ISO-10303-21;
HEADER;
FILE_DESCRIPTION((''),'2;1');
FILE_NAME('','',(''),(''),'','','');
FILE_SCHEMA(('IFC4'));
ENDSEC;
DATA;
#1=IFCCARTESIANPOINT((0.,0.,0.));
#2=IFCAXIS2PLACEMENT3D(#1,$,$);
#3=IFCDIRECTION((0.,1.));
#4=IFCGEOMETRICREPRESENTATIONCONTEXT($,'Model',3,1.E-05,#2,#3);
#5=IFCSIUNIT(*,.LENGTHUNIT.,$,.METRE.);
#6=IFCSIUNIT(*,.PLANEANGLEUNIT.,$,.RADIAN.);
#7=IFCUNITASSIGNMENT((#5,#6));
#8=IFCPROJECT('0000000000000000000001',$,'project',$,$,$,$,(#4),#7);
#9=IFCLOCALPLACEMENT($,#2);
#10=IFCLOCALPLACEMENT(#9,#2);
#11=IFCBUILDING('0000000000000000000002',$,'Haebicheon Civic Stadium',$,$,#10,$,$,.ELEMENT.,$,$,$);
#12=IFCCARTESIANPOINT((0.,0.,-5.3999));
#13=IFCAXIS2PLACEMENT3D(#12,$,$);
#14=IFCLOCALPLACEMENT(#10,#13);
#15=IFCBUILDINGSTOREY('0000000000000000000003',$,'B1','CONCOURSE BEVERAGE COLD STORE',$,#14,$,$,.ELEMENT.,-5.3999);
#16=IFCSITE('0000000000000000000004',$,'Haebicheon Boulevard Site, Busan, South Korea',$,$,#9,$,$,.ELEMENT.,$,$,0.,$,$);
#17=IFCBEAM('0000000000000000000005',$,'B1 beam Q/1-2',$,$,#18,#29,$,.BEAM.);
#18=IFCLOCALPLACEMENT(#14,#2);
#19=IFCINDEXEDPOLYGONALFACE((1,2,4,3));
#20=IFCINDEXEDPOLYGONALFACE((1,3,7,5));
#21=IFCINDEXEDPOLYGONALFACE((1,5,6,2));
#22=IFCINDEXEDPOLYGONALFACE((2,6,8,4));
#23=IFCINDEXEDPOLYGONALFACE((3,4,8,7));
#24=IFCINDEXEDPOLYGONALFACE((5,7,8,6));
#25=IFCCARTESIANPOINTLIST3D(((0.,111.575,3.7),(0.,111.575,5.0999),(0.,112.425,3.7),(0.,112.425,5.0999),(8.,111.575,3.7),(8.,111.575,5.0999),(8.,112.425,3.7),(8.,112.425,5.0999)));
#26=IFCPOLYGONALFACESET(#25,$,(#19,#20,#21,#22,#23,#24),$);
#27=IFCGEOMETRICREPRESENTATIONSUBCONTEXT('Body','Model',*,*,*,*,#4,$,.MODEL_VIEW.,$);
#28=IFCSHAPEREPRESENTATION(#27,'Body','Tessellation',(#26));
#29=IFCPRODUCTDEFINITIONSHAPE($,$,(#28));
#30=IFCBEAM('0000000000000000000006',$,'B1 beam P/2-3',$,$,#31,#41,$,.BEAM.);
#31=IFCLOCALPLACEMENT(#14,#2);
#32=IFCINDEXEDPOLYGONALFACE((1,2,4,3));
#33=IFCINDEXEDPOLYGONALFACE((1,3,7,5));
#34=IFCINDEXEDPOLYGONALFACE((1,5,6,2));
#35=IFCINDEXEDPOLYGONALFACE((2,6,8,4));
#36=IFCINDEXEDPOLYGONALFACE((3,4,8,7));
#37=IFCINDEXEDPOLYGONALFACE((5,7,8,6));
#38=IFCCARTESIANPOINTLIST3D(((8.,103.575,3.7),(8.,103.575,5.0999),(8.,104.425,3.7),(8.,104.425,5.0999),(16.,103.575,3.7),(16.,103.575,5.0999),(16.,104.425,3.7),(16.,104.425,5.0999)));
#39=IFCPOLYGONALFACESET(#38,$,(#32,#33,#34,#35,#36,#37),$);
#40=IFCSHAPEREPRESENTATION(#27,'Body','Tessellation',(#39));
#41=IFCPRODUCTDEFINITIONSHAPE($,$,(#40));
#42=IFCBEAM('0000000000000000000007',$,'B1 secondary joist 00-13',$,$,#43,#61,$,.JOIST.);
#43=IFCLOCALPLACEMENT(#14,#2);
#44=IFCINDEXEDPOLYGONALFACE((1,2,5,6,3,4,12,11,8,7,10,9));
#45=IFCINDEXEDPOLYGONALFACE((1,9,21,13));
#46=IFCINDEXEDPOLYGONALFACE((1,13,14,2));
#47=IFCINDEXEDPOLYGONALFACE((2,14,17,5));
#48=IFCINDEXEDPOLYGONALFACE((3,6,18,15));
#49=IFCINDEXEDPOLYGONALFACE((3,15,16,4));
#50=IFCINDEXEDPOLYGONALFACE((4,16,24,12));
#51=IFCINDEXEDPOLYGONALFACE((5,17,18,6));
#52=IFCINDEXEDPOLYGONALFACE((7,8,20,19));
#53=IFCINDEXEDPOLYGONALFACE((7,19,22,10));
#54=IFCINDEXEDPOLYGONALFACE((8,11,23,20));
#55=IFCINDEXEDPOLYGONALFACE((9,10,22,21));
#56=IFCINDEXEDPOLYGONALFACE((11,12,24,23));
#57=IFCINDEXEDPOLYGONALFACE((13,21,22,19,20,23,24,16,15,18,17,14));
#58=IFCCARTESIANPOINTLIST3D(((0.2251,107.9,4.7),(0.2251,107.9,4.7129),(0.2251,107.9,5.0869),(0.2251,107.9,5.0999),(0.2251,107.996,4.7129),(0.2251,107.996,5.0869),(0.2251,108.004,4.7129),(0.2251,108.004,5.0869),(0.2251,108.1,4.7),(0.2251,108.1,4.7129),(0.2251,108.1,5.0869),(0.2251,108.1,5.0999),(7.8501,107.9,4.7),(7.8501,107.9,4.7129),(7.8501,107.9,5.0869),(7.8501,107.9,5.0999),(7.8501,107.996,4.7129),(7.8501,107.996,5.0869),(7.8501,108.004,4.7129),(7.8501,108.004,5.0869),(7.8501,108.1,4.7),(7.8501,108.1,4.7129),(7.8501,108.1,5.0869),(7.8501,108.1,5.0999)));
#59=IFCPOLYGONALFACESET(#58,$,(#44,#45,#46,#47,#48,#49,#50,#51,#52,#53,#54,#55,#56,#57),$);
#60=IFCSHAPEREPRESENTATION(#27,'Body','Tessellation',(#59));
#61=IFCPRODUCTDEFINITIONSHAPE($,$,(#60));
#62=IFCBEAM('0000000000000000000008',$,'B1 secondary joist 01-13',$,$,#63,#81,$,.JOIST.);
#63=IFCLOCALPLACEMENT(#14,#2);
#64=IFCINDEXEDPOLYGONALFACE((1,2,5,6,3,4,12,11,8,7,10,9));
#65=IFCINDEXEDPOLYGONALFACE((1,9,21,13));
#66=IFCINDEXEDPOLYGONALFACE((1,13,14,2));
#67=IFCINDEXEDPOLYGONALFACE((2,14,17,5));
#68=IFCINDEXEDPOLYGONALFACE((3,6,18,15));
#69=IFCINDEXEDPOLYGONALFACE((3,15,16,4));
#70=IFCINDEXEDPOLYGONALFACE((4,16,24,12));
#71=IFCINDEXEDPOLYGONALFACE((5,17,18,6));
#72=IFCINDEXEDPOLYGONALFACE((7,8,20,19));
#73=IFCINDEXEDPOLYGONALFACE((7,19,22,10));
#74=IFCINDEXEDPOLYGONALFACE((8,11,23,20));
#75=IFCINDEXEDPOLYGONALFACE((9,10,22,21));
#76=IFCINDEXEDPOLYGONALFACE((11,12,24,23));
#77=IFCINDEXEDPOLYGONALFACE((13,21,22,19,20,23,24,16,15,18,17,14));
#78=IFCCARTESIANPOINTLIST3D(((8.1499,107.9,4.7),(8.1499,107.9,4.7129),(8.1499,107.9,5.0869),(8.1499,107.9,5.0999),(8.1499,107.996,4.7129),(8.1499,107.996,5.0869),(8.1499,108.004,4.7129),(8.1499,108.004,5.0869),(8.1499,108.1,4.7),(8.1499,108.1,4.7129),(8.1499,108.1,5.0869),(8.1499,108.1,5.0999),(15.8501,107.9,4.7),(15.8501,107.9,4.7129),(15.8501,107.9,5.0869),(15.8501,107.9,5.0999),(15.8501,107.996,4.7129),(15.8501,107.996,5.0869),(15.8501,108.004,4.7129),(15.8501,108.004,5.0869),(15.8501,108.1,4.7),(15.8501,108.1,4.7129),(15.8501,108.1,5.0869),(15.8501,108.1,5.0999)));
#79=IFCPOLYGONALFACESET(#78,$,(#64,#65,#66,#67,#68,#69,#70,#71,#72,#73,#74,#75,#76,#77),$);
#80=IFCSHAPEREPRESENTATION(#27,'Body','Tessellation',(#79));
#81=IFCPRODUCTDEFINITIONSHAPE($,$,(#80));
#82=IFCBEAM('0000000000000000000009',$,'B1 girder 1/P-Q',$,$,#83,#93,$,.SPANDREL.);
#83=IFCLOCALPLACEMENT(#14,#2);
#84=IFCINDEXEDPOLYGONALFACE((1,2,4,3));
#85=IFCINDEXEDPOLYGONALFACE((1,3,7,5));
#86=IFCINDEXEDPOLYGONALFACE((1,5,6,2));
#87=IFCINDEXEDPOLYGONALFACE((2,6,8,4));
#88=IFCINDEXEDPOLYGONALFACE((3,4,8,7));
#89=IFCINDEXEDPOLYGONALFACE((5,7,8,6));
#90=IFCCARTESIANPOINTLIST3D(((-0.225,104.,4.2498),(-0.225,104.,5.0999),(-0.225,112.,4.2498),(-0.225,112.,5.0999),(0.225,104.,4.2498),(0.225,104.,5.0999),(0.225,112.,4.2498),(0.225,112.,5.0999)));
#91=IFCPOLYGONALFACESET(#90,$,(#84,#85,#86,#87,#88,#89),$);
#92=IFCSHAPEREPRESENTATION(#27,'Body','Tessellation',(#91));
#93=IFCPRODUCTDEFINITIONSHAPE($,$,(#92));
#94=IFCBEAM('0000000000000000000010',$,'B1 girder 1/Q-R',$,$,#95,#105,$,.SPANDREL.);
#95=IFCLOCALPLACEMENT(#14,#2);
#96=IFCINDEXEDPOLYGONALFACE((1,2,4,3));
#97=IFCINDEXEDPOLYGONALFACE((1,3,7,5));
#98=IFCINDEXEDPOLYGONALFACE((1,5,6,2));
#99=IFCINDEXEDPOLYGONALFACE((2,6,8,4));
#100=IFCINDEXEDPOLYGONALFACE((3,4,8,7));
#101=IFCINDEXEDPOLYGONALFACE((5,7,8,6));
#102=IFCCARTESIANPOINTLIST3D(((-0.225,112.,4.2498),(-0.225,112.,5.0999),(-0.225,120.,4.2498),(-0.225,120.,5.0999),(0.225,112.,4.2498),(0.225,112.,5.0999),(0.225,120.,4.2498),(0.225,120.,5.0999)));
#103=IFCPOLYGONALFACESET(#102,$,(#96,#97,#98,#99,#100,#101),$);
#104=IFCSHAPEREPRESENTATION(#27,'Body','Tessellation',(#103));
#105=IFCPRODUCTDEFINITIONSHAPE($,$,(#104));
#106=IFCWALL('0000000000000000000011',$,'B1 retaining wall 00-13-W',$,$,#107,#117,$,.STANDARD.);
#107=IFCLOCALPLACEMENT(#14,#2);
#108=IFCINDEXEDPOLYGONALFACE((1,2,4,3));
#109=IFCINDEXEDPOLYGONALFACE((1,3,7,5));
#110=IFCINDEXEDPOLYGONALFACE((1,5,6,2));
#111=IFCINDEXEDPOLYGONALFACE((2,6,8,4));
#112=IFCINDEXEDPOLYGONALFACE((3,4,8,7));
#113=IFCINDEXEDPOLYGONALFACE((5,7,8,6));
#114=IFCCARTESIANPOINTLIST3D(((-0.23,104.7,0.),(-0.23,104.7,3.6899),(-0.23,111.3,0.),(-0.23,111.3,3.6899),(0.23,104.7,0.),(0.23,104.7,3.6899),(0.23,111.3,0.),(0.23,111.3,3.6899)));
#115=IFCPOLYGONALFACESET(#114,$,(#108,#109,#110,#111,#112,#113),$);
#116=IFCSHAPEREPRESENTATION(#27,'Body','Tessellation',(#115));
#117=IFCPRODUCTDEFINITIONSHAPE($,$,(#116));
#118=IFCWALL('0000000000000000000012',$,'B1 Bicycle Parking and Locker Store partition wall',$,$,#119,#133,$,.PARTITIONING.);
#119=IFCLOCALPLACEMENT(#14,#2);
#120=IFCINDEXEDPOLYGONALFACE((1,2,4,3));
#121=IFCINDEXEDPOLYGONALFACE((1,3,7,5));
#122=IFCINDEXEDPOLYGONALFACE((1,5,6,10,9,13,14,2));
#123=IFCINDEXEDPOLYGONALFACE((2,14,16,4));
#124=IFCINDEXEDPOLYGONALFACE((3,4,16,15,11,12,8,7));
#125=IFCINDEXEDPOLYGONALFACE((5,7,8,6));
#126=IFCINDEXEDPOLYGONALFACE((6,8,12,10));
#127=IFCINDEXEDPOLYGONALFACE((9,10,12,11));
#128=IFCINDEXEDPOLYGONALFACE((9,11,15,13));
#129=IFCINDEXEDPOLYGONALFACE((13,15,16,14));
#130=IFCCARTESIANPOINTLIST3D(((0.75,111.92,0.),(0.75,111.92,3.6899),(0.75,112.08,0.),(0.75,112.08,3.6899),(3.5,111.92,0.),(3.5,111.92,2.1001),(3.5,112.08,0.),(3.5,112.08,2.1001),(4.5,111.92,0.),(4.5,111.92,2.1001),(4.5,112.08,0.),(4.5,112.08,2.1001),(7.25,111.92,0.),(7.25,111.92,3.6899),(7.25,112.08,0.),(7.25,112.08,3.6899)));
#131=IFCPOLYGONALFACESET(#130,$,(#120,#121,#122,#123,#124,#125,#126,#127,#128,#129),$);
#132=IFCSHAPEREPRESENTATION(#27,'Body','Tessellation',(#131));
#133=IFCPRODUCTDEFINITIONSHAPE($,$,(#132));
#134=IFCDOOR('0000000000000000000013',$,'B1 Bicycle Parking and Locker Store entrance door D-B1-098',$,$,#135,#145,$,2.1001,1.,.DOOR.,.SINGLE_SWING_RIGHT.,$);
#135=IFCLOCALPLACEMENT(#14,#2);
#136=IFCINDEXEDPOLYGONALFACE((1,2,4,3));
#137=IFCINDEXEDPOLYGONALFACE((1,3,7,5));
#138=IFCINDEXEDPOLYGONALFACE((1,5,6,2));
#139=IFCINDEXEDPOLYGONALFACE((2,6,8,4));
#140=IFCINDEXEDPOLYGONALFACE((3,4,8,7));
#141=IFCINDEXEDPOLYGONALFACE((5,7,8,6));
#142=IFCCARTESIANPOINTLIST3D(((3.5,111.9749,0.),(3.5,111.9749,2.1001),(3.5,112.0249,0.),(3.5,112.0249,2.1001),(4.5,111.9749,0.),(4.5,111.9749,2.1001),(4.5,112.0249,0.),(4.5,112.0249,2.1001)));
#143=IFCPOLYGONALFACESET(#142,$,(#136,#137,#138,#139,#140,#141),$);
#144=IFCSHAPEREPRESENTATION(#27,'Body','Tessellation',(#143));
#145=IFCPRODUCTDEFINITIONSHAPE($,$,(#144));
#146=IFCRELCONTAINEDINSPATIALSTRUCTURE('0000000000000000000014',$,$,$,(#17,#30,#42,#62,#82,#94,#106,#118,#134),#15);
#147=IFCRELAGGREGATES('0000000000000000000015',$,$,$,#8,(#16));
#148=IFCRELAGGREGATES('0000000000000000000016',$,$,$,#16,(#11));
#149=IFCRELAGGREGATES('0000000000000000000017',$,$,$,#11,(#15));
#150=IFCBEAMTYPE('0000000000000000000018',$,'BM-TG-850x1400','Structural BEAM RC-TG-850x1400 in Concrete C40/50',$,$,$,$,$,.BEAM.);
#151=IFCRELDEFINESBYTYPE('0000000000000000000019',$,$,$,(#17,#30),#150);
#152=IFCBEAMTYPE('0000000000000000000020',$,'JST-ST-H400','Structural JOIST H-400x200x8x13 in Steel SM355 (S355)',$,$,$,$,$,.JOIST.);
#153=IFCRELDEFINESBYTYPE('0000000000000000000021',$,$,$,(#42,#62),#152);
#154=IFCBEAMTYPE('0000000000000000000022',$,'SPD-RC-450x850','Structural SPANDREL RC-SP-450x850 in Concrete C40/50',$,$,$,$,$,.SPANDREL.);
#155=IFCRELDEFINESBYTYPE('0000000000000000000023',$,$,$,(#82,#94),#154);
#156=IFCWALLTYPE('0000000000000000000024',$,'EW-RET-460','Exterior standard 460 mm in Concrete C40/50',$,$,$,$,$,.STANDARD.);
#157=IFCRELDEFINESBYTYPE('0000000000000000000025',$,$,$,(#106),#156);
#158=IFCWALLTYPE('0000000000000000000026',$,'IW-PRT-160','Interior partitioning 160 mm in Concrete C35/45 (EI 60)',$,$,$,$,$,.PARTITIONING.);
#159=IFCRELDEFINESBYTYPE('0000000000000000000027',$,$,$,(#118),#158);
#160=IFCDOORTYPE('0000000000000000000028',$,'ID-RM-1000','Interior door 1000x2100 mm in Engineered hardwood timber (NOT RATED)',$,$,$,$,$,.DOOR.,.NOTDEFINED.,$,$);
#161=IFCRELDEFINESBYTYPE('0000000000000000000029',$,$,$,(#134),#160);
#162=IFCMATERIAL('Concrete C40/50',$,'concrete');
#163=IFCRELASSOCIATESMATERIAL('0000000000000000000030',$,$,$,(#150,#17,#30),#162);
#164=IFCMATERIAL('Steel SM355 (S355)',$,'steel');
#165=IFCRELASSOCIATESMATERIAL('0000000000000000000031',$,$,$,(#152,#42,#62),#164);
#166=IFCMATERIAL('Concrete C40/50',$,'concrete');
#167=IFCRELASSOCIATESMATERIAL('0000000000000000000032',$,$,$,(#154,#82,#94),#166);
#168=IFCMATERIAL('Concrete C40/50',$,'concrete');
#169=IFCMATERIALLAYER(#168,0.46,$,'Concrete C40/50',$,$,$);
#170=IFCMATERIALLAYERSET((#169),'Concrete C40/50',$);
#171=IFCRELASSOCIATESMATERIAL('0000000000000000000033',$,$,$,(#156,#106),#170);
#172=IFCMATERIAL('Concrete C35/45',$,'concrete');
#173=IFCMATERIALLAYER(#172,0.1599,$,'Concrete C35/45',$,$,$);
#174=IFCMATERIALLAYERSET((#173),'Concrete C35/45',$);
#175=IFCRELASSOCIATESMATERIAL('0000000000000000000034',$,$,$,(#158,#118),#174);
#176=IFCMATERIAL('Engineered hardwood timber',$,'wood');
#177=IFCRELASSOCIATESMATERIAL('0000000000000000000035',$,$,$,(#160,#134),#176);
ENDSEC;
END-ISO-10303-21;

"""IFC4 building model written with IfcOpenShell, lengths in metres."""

from ifc_helpers import new_model, si_unit, direction, frame, frame_2d, origin, origin_2d, place, context, subcontext, project, spatial, rectangle, i_section, extrude, material, layer, layer_set, material_profile, profile_set, type_object, element, fill, save


model = new_model("IFC4")

# Units and contexts
model_context = context("Model", 3, precision=1e-05, world=origin(), true_north=direction((0.0, 1.0)))
body_context = subcontext(model_context, "Body", "Model", "MODEL_VIEW")
ifc_project = project(units=[si_unit("LENGTHUNIT", "METRE"), si_unit("PLANEANGLEUNIT", "RADIAN")], contexts=[model_context])

# Site, building, storey
site_placement = place(None, origin())
site = spatial("IfcSite", under=ifc_project, at=site_placement, Name="Haebicheon Boulevard Site, Busan, South Korea", CompositionType="ELEMENT", RefElevation=0.0)
building_placement = place(site_placement, origin())
building = spatial("IfcBuilding", under=site, at=building_placement, Name="Haebicheon Civic Stadium", CompositionType="ELEMENT")
storey_placement = place(building_placement, frame((0.0, 0.0, -5.3999)))
storey = spatial("IfcBuildingStorey", under=building, at=storey_placement, Name="B1", Description="CONCOURSE BEVERAGE COLD STORE", CompositionType="ELEMENT", Elevation=-5.3999)

# Beams
ifc_material_1 = material(Name="Concrete C40/50", Category="concrete")
ifc_material_profile_1 = material_profile(ifc_material_1, rectangle(XDim=0.8501, YDim=1.3999, at=origin_2d()), Name="RC-TG-850x1400")
ifc_profile_set_1 = profile_set([ifc_material_profile_1], Name="Concrete C40/50")
beam_type_1 = type_object("IfcBeamType", Name="BM-TG-850x1400", Description="Structural BEAM RC-TG-850x1400 in Concrete C40/50", PredefinedType="BEAM", material=ifc_profile_set_1)
for number, where, z_axis, x_axis, name in (
    (1, (0.0, 112.0, 4.3999), (1.0, 0.0, 0.0), (0.0, 1.0, 0.0), "B1 beam Q/1-2"),
    (2, (8.0, 104.0, 4.3999), (1.0, 0.0, 0.0), (0.0, 1.0, 0.0), "B1 beam P/2-3"),
):
    element("IfcBeam", number, at=place(storey_placement, frame(where, z_axis=z_axis, x_axis=x_axis)), inside=storey, type_object=beam_type_1, material=ifc_profile_set_1, Name=name, PredefinedType="BEAM", context=body_context, shape_type="SweptSolid", body=[
        extrude(rectangle(XDim=0.8501, YDim=1.3999, at=origin_2d()), origin(), (0.0, 0.0, 1.0), 8.0),
    ])
ifc_material_2 = material(Name="Steel SM355 (S355)", Category="steel")
ifc_material_profile_2 = material_profile(ifc_material_2, i_section(OverallWidth=0.2, OverallDepth=0.3999, WebThickness=0.0081, FlangeThickness=0.0129, at=origin_2d()), Name="H-400x200x8x13")
ifc_profile_set_2 = profile_set([ifc_material_profile_2], Name="Steel SM355 (S355)")
beam_type_2 = type_object("IfcBeamType", Name="JST-ST-H400", Description="Structural JOIST H-400x200x8x13 in Steel SM355 (S355)", PredefinedType="JOIST", material=ifc_profile_set_2)
beam_1_placement = place(storey_placement, frame((0.2251, 108.0, 4.8999), z_axis=(1.0, 0.0, 0.0), x_axis=(0.0, 1.0, 0.0)))
element("IfcBeam", 3, at=beam_1_placement, inside=storey, type_object=beam_type_2, material=ifc_profile_set_2, Name="B1 secondary joist 00-13", PredefinedType="JOIST", context=body_context, shape_type="SweptSolid", body=[
    extrude(i_section(OverallWidth=0.2, OverallDepth=0.3999, WebThickness=0.0081, FlangeThickness=0.0129, at=origin_2d()), origin(), (0.0, 0.0, 1.0), 7.625),
])
beam_2_placement = place(storey_placement, frame((8.1499, 108.0, 4.8999), z_axis=(1.0, 0.0, 0.0), x_axis=(0.0, 1.0, 0.0)))
element("IfcBeam", 4, at=beam_2_placement, inside=storey, type_object=beam_type_2, material=ifc_profile_set_2, Name="B1 secondary joist 01-13", PredefinedType="JOIST", context=body_context, shape_type="SweptSolid", body=[
    extrude(i_section(OverallWidth=0.2, OverallDepth=0.3999, WebThickness=0.0081, FlangeThickness=0.0129, at=origin_2d()), origin(), (0.0, 0.0, 1.0), 7.7002),
])
ifc_material_3 = material(Name="Concrete C40/50", Category="concrete")
ifc_material_profile_3 = material_profile(ifc_material_3, rectangle(XDim=0.45, YDim=0.8501, at=origin_2d()), Name="RC-SP-450x850")
ifc_profile_set_3 = profile_set([ifc_material_profile_3], Name="Concrete C40/50")
beam_type_3 = type_object("IfcBeamType", Name="SPD-RC-450x850", Description="Structural SPANDREL RC-SP-450x850 in Concrete C40/50", PredefinedType="SPANDREL", material=ifc_profile_set_3)
for number, where, z_axis, x_axis, name in (
    (5, (0.0, 104.0, 4.6748), (0.0, 1.0, 0.0), (-1.0, 0.0, 0.0), "B1 girder 1/P-Q"),
    (6, (0.0, 112.0, 4.6748), (0.0, 1.0, 0.0), (-1.0, 0.0, 0.0), "B1 girder 1/Q-R"),
):
    element("IfcBeam", number, at=place(storey_placement, frame(where, z_axis=z_axis, x_axis=x_axis)), inside=storey, type_object=beam_type_3, material=ifc_profile_set_3, Name=name, PredefinedType="SPANDREL", context=body_context, shape_type="SweptSolid", body=[
        extrude(rectangle(XDim=0.45, YDim=0.8501, at=origin_2d()), origin(), (0.0, 0.0, 1.0), 8.0),
    ])

# Wall
ifc_material_4 = material(Name="Concrete C40/50", Category="concrete")
ifc_layer_1 = layer(ifc_material_4, 0.46, Name="Concrete C40/50")
ifc_layer_set_1 = layer_set([ifc_layer_1], Name="Concrete C40/50")
wall_type_1 = type_object("IfcWallType", Name="EW-RET-460", Description="Exterior standard 460 mm in Concrete C40/50", PredefinedType="STANDARD", material=ifc_layer_set_1)
wall_1_placement = place(storey_placement, frame((0.0, 104.7, 0.0), z_axis=(0.0, 0.0, 1.0), x_axis=(0.0, 1.0, 0.0)))
element("IfcWall", 7, at=wall_1_placement, inside=storey, type_object=wall_type_1, material=ifc_layer_set_1, Name="B1 retaining wall 00-13-W", PredefinedType="STANDARD", context=body_context, shape_type="SweptSolid", body=[
    extrude(rectangle(XDim=6.6001, YDim=0.46, at=frame_2d((3.3, 0.0))), origin(), (0.0, 0.0, 1.0), 3.6899),
])

# Wall, opening, door
ifc_material_5 = material(Name="Concrete C35/45", Category="concrete")
ifc_layer_2 = layer(ifc_material_5, 0.1599, Name="Concrete C35/45")
ifc_layer_set_2 = layer_set([ifc_layer_2], Name="Concrete C35/45")
wall_type_2 = type_object("IfcWallType", Name="IW-PRT-160", Description="Interior partitioning 160 mm in Concrete C35/45 (EI 60)", PredefinedType="PARTITIONING", material=ifc_layer_set_2)
wall_2_placement = place(storey_placement, frame((0.75, 112.0, 0.0), z_axis=(0.0, 0.0, 1.0), x_axis=(1.0, 0.0, 0.0)))
wall_2 = element("IfcWall", 8, at=wall_2_placement, inside=storey, type_object=wall_type_2, material=ifc_layer_set_2, Name="B1 Bicycle Parking and Locker Store partition wall", PredefinedType="PARTITIONING", context=body_context, shape_type="SweptSolid", body=[
    extrude(rectangle(XDim=6.5, YDim=0.1599, at=frame_2d((3.25, 0.0))), origin(), (0.0, 0.0, 1.0), 3.6899),
])
opening_placement = place(wall_2_placement, frame((2.75, 0.0, 0.0)))
opening = element("IfcOpeningElement", 9, at=opening_placement, cuts=wall_2, PredefinedType="OPENING", context=body_context, shape_type="SweptSolid", body=[
    extrude(rectangle(XDim=1.0, YDim=2.1001, at=frame_2d((0.5, 1.05))), frame((0.0, 0.0898, 0.0), z_axis=(0.0, -1.0, 0.0), x_axis=(1.0, 0.0, 0.0)), (0.0, 0.0, 1.0), 0.1799),
])
ifc_material_6 = material(Name="Engineered hardwood timber", Category="wood")
door_type = type_object("IfcDoorType", Name="ID-RM-1000", Description="Interior door 1000x2100 mm in Engineered hardwood timber (NOT RATED)", OperationType="NOTDEFINED", PredefinedType="DOOR", material=ifc_material_6)
door_placement = place(opening_placement, origin())
door = element("IfcDoor", 10, at=door_placement, inside=storey, type_object=door_type, material=ifc_material_6, Name="B1 Bicycle Parking and Locker Store entrance door D-B1-098", OperationType="SINGLE_SWING_RIGHT", OverallHeight=2.1001, OverallWidth=1.0, PredefinedType="DOOR", context=body_context, shape_type="SweptSolid", body=[
    extrude(rectangle(XDim=1.0, YDim=2.1001, at=frame_2d((0.5, 1.05))), frame((0.0, 0.0249, 0.0), z_axis=(0.0, -1.0, 0.0), x_axis=(1.0, 0.0, 0.0)), (0.0, 0.0, 1.0), 0.05),
])
fill(opening, door)

save(model, "model.ifc")
